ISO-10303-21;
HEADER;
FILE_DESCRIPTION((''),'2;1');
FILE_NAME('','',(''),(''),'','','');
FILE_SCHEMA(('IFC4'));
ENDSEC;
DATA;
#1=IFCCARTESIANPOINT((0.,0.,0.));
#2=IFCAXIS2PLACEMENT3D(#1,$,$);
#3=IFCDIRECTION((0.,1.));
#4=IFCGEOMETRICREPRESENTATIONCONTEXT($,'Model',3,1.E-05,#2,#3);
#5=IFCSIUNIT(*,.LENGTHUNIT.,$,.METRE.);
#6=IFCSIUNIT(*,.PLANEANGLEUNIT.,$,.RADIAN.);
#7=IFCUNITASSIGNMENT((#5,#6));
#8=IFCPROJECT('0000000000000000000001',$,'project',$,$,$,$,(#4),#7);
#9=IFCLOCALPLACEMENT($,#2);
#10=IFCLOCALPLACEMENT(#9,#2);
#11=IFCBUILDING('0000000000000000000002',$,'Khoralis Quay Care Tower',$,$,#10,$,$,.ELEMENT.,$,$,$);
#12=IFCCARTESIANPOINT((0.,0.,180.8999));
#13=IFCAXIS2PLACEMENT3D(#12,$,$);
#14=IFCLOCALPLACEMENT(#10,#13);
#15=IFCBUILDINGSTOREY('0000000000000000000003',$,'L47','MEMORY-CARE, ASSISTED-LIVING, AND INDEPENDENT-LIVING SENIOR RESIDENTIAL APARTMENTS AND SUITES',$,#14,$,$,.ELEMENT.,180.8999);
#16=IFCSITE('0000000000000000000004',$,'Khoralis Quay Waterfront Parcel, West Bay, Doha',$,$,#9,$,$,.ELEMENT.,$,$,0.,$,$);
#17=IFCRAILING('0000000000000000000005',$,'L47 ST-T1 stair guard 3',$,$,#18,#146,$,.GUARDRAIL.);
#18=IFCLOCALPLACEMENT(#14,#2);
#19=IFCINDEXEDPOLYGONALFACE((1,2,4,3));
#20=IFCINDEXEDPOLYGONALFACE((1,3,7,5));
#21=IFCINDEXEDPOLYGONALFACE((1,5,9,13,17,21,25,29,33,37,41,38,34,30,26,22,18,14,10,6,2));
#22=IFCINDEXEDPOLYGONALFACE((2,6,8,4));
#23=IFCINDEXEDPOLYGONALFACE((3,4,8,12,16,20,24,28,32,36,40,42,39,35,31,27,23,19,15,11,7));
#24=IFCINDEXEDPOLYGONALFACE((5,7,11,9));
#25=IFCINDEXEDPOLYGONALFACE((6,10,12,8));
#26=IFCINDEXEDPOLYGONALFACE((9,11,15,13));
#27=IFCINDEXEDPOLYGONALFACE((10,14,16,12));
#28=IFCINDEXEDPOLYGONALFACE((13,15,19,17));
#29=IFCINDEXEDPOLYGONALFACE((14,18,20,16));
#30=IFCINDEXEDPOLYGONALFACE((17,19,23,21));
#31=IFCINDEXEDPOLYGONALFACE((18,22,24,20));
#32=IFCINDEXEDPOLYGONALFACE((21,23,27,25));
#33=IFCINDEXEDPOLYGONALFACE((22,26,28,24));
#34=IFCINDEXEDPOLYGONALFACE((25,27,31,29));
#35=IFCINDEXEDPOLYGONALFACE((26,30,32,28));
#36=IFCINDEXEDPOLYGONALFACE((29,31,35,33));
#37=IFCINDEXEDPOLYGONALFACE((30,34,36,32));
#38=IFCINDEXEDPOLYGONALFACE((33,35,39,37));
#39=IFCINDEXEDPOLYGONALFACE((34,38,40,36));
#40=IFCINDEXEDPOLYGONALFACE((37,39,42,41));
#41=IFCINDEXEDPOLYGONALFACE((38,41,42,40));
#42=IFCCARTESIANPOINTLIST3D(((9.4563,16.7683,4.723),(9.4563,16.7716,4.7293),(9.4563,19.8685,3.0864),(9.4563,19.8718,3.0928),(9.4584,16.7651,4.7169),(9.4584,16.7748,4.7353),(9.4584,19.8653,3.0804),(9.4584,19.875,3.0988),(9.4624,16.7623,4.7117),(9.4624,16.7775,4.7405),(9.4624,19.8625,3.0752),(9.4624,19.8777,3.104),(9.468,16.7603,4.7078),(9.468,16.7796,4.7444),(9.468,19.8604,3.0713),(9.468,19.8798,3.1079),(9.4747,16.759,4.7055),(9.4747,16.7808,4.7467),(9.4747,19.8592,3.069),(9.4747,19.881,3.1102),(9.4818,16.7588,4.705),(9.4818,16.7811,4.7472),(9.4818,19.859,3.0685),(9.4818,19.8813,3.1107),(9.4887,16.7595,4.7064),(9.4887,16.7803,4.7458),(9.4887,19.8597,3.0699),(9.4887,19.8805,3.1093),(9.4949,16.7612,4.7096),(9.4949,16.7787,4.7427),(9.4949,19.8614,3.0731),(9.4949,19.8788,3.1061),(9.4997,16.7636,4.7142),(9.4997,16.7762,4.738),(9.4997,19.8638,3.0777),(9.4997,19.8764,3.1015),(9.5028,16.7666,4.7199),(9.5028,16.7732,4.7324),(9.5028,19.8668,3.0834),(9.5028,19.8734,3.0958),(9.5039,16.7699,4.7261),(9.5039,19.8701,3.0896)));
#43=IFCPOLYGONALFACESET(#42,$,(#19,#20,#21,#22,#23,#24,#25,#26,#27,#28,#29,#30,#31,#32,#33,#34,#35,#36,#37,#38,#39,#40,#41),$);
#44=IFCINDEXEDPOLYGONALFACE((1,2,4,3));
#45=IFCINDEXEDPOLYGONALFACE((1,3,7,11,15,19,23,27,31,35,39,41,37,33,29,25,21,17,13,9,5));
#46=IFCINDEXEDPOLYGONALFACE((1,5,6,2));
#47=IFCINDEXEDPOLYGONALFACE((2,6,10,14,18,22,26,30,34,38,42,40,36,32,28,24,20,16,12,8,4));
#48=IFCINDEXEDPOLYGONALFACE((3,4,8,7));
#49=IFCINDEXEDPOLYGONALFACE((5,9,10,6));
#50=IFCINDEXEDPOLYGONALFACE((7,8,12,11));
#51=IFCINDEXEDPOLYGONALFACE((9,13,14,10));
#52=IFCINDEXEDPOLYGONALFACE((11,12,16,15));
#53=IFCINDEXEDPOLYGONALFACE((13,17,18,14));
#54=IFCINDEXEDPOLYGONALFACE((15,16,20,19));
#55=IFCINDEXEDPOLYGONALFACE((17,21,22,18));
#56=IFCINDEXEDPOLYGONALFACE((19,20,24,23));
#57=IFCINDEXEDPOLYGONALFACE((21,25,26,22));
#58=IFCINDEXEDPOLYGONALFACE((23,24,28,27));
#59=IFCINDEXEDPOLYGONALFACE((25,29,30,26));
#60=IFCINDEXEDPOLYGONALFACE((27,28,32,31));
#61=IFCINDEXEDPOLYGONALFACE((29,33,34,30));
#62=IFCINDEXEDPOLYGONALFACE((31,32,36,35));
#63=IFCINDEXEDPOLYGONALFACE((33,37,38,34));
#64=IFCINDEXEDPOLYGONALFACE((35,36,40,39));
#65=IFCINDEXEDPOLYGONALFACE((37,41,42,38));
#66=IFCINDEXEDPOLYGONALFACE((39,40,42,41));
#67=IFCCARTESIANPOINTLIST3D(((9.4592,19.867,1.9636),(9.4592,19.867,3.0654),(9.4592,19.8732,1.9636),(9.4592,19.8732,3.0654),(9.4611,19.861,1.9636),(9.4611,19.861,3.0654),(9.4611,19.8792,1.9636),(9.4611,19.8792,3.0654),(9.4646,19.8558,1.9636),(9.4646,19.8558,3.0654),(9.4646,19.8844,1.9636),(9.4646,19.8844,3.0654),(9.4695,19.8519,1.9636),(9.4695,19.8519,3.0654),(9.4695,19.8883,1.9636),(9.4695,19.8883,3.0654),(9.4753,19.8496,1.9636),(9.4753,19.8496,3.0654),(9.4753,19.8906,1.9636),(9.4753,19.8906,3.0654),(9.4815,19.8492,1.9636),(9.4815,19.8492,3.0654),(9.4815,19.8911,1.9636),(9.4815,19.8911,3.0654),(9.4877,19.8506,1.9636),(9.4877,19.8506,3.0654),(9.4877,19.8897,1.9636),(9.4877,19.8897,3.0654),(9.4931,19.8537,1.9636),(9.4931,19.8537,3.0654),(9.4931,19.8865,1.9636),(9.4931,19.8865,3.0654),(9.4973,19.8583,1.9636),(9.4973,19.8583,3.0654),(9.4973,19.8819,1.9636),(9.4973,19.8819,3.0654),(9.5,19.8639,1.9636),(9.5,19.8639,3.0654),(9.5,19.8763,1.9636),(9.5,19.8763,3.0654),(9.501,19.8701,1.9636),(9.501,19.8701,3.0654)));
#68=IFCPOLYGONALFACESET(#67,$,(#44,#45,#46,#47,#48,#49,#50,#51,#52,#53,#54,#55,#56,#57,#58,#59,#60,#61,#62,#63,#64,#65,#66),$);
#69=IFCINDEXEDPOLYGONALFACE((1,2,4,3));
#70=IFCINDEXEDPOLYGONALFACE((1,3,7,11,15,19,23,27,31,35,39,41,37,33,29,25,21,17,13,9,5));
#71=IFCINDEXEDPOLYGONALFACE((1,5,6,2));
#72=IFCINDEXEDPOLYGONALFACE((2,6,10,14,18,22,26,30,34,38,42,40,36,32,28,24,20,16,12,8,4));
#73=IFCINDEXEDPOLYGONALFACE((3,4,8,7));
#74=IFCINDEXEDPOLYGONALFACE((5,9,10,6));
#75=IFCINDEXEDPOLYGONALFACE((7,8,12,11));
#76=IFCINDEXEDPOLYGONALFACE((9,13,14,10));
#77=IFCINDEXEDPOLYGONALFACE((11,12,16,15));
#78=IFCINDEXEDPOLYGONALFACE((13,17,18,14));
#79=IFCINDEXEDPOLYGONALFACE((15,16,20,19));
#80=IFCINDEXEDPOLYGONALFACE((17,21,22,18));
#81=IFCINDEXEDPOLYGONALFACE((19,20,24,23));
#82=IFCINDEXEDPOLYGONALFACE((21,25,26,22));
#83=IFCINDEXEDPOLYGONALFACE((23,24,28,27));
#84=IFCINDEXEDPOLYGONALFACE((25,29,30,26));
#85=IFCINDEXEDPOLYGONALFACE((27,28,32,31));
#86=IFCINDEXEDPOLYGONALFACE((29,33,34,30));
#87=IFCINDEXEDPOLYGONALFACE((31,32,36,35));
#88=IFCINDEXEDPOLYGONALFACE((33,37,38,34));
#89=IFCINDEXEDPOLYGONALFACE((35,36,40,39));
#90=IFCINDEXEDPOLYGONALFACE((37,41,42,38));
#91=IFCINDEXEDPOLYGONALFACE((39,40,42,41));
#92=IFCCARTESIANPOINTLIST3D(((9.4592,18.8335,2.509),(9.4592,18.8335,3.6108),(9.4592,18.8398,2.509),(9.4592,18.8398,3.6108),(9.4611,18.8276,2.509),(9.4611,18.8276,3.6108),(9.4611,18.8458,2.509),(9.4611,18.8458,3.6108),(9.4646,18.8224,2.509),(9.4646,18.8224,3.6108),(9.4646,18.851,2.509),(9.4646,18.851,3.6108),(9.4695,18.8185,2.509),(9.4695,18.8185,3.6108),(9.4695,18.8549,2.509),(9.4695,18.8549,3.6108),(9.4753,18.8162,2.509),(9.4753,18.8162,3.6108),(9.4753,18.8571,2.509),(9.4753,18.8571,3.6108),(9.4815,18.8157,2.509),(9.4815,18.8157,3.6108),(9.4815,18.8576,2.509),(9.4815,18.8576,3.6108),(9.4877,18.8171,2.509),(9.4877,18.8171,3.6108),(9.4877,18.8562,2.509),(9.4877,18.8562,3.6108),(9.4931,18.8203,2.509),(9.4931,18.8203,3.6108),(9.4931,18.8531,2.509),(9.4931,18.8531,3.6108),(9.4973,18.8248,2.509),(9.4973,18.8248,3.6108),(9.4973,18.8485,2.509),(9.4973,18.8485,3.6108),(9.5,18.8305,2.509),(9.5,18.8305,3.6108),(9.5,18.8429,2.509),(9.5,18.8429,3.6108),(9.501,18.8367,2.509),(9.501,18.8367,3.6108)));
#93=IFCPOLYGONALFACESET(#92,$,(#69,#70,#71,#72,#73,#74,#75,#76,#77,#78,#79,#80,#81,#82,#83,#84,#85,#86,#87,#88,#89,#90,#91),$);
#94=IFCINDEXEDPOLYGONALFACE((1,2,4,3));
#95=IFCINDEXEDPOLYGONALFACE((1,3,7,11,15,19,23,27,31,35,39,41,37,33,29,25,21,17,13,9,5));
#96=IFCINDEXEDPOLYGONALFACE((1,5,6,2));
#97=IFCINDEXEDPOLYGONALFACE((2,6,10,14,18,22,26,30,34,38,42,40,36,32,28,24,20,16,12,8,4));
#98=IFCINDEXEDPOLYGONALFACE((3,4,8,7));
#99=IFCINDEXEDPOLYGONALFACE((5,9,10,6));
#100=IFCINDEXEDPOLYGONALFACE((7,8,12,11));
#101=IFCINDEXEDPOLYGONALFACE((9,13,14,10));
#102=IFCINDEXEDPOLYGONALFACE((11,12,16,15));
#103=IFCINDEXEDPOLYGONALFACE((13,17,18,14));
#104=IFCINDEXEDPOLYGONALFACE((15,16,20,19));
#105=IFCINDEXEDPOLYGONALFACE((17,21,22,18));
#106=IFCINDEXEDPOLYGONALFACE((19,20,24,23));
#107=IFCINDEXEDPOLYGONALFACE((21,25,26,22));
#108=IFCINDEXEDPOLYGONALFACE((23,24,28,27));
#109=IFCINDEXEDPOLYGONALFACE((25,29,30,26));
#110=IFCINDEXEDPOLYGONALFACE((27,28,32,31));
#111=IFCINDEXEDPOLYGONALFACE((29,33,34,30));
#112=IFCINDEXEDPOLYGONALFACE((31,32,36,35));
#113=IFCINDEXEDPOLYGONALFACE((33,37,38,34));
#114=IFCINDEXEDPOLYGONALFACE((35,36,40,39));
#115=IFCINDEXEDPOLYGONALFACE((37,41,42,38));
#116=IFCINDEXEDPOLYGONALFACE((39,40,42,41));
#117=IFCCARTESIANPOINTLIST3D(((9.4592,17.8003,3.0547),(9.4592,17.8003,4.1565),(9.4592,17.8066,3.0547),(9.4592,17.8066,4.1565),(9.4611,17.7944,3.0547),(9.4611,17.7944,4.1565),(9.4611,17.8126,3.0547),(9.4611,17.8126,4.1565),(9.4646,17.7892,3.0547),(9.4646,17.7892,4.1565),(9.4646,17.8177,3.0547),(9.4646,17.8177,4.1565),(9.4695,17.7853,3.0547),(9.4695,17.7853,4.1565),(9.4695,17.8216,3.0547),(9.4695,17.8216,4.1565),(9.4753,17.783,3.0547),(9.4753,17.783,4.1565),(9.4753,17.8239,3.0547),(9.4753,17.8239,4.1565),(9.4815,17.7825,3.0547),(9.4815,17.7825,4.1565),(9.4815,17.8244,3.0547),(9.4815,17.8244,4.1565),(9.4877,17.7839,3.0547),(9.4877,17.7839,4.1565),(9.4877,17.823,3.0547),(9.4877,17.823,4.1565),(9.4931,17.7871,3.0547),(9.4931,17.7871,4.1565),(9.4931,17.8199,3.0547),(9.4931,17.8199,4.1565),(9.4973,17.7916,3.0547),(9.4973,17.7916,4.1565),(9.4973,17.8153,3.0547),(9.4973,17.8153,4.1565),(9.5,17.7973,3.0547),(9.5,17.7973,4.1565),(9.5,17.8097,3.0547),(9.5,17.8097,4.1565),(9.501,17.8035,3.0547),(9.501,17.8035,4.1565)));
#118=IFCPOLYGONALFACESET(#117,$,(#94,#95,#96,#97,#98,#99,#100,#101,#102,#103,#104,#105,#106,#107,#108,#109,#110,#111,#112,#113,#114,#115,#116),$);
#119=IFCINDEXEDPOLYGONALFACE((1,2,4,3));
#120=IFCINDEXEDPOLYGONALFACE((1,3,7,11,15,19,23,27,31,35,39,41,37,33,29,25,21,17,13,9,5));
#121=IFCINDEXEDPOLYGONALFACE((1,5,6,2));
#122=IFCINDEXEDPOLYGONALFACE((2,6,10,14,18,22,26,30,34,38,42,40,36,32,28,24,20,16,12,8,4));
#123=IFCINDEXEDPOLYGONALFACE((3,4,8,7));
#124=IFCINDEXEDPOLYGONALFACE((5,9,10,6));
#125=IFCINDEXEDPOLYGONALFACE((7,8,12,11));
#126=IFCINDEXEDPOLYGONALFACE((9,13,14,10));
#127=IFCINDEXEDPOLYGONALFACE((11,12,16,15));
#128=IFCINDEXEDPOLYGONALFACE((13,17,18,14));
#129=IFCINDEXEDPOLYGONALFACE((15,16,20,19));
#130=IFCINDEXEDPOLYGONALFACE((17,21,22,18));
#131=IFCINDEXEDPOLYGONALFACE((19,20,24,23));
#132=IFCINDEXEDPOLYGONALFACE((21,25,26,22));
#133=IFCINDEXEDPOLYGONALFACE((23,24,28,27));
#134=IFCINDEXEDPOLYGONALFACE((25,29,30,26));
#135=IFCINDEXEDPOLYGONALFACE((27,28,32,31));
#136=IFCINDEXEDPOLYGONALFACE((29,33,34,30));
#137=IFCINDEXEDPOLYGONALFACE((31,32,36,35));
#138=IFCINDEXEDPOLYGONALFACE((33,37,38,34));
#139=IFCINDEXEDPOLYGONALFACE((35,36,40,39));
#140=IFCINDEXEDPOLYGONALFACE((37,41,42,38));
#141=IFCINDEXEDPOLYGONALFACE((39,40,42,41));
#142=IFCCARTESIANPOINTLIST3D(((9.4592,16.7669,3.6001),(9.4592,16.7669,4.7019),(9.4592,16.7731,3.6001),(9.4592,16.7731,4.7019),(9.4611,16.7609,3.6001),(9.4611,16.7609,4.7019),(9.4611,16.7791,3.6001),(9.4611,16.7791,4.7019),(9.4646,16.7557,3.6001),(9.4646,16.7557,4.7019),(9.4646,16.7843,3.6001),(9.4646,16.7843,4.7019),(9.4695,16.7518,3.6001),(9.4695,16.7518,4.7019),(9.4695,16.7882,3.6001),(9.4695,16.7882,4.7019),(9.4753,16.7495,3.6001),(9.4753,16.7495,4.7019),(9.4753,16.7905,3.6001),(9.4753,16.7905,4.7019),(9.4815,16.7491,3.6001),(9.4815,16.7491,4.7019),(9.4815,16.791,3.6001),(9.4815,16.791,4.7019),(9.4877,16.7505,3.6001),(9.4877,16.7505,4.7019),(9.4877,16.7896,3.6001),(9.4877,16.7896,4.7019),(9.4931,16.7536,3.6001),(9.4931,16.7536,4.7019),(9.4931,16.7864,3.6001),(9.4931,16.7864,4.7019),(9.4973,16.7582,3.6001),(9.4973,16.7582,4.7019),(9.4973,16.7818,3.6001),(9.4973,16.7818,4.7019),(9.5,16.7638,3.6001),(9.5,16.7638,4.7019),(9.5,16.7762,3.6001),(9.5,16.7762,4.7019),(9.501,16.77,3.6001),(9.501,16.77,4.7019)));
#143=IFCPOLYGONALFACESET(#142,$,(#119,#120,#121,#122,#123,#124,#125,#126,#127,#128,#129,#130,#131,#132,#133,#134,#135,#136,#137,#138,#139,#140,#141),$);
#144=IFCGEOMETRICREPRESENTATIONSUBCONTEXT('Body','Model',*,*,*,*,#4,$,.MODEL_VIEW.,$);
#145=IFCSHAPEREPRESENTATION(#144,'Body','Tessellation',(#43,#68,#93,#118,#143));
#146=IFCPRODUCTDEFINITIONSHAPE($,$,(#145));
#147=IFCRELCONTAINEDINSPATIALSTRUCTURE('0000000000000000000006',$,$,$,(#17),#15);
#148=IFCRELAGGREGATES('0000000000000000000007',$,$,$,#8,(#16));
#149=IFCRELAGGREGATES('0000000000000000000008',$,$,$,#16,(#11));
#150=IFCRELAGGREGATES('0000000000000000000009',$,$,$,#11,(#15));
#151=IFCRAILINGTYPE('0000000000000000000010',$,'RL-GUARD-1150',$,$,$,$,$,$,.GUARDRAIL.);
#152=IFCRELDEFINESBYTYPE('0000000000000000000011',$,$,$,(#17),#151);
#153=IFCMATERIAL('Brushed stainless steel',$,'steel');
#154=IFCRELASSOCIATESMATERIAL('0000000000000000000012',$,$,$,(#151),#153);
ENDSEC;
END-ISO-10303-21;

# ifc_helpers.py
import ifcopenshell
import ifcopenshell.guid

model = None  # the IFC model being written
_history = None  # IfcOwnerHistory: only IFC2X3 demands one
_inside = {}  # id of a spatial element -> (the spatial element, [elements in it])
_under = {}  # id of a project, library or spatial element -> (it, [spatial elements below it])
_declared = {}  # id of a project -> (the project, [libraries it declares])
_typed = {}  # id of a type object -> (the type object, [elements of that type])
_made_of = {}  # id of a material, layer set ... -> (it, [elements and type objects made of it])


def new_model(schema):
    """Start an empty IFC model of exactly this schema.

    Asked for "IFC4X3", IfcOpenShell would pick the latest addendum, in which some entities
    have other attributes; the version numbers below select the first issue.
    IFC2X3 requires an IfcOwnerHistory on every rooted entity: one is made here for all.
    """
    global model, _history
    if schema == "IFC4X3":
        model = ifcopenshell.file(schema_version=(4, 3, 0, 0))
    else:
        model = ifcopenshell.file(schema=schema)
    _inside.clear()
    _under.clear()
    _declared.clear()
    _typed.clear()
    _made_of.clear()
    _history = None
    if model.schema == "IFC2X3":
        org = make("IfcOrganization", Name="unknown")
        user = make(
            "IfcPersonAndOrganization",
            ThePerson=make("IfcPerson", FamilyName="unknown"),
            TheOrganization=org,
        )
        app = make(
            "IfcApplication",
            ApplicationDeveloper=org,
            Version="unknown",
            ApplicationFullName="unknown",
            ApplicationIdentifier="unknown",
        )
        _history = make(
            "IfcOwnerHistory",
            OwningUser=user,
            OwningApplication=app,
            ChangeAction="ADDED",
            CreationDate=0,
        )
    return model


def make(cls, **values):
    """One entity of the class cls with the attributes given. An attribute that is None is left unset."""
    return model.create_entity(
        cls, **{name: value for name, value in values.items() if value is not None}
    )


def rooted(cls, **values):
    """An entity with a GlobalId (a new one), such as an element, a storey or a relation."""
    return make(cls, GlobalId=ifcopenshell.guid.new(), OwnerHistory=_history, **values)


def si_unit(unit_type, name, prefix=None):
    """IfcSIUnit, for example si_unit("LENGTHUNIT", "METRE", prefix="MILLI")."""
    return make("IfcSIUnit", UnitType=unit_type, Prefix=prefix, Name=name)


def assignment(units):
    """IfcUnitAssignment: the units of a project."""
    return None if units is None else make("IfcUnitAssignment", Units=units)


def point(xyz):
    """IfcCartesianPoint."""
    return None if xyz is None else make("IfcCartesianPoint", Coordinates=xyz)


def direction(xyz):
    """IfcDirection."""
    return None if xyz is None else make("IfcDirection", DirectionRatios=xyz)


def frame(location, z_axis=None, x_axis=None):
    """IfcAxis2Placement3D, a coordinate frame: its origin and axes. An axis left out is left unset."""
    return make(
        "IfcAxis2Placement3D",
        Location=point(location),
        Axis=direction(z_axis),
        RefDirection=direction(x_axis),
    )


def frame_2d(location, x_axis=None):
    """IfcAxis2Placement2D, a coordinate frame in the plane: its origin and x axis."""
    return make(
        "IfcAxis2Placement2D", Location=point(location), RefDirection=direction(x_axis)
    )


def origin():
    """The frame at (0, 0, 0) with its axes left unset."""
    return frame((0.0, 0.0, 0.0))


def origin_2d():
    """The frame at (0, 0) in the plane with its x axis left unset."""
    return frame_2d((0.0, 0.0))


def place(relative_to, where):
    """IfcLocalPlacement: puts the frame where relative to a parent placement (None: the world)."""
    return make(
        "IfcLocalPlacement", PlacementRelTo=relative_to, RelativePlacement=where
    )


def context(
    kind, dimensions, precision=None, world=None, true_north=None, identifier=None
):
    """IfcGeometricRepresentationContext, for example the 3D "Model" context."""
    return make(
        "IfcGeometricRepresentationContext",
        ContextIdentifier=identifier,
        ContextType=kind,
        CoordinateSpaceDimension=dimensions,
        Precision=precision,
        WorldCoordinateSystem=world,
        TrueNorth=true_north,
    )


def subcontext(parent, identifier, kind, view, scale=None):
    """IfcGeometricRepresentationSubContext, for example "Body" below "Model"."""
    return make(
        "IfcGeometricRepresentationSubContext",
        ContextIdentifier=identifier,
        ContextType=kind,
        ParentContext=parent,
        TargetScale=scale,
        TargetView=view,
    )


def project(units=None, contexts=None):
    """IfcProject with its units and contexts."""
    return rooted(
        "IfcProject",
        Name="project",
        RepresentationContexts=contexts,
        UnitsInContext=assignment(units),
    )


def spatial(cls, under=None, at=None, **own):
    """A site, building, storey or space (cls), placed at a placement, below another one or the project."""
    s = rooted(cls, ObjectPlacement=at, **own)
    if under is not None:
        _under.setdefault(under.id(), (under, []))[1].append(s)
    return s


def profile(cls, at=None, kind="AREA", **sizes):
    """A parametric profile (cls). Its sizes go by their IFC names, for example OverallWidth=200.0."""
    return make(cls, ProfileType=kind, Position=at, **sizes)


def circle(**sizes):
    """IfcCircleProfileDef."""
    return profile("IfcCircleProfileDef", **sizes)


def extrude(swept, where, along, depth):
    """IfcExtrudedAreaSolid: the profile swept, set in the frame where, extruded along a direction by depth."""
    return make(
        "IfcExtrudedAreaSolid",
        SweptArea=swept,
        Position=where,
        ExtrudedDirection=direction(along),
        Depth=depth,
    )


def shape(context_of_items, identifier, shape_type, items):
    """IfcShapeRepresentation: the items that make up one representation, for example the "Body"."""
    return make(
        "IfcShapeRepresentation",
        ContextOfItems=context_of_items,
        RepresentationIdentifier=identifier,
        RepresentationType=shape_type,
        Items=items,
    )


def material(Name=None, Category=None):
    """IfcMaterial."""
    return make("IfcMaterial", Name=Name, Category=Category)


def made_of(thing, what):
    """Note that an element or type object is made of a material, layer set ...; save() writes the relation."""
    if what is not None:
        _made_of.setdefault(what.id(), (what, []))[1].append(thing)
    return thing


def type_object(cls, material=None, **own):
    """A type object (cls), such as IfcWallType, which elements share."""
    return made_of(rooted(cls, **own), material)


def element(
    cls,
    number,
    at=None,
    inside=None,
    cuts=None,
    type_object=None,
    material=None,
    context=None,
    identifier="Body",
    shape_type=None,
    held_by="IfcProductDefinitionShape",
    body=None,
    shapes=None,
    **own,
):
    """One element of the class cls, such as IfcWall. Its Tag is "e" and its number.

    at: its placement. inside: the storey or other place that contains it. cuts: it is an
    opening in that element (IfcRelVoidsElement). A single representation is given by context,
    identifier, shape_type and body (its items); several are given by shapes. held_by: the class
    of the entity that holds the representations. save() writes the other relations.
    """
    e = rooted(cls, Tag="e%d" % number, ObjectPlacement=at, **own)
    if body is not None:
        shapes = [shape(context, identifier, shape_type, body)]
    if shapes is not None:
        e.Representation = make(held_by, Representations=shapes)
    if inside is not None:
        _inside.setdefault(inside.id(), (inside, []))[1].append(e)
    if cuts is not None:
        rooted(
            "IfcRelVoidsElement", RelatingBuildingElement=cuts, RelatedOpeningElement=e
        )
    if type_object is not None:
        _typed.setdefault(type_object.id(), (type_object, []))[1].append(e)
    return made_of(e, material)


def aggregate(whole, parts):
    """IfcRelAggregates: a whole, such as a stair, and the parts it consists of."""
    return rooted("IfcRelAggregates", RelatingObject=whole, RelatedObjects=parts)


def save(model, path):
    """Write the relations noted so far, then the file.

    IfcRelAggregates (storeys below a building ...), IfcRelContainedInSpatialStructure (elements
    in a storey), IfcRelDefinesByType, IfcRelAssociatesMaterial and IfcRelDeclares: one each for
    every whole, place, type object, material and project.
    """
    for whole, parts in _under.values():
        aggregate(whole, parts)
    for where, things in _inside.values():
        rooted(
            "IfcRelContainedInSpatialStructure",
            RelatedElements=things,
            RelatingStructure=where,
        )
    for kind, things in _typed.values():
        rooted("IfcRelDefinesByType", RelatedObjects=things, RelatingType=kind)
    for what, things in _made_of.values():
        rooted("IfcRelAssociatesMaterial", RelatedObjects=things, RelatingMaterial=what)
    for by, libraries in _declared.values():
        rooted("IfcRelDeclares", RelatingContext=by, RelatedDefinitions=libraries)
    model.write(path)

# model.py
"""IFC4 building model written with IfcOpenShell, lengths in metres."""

from ifc_helpers import new_model, si_unit, direction, frame, origin, origin_2d, place, context, subcontext, project, spatial, circle, extrude, material, type_object, element, save


model = new_model("IFC4")

# Units and contexts
model_context = context("Model", 3, precision=1e-05, world=origin(), true_north=direction((0.0, 1.0)))
body_context = subcontext(model_context, "Body", "Model", "MODEL_VIEW")
ifc_project = project(units=[si_unit("LENGTHUNIT", "METRE"), si_unit("PLANEANGLEUNIT", "RADIAN")], contexts=[model_context])

# Site, building, storey
site_placement = place(None, origin())
site = spatial("IfcSite", under=ifc_project, at=site_placement, Name="Khoralis Quay Waterfront Parcel, West Bay, Doha", CompositionType="ELEMENT", RefElevation=0.0)
building_placement = place(site_placement, origin())
building = spatial("IfcBuilding", under=site, at=building_placement, Name="Khoralis Quay Care Tower", CompositionType="ELEMENT")
storey_placement = place(building_placement, frame((0.0, 0.0, 180.8999)))
storey = spatial("IfcBuildingStorey", under=building, at=storey_placement, Name="L47", Description="MEMORY-CARE, ASSISTED-LIVING, AND INDEPENDENT-LIVING SENIOR RESIDENTIAL APARTMENTS AND SUITES", CompositionType="ELEMENT", Elevation=180.8999)

# Shared definitions
ifc_material_1 = material(Name="Brushed stainless steel", Category="steel")

# Railing
railing_type_1 = type_object("IfcRailingType", Name="RL-GUARD-1150", PredefinedType="GUARDRAIL", material=ifc_material_1)
railing_1_placement = place(storey_placement, frame((9.48, 19.8701, 1.9636)))
element("IfcRailing", 1, at=railing_1_placement, inside=storey, type_object=railing_type_1, Name="L47 ST-T1 stair guard 3", PredefinedType="GUARDRAIL", context=body_context, shape_type="SweptSolid", body=[
    extrude(circle(Radius=0.0239, at=origin_2d()), frame((0.0, 0.0, 1.126), z_axis=(0.0, -0.884348, 0.466828), x_axis=(1.0, 0.0, 0.0)), (0.0, 0.0, 1.0), 3.5056),
    extrude(circle(Radius=0.021, at=origin_2d()), origin(), (0.0, 0.0, 1.0), 1.1018),
    extrude(circle(Radius=0.021, at=origin_2d()), frame((0.0, -1.0334, 0.5454)), (0.0, 0.0, 1.0), 1.1018),
    extrude(circle(Radius=0.021, at=origin_2d()), frame((0.0, -2.0667, 1.0911)), (0.0, 0.0, 1.0), 1.1018),
    extrude(circle(Radius=0.021, at=origin_2d()), frame((0.0, -3.1001, 1.6365)), (0.0, 0.0, 1.0), 1.1018),
])

save(model, "model.ifc")
